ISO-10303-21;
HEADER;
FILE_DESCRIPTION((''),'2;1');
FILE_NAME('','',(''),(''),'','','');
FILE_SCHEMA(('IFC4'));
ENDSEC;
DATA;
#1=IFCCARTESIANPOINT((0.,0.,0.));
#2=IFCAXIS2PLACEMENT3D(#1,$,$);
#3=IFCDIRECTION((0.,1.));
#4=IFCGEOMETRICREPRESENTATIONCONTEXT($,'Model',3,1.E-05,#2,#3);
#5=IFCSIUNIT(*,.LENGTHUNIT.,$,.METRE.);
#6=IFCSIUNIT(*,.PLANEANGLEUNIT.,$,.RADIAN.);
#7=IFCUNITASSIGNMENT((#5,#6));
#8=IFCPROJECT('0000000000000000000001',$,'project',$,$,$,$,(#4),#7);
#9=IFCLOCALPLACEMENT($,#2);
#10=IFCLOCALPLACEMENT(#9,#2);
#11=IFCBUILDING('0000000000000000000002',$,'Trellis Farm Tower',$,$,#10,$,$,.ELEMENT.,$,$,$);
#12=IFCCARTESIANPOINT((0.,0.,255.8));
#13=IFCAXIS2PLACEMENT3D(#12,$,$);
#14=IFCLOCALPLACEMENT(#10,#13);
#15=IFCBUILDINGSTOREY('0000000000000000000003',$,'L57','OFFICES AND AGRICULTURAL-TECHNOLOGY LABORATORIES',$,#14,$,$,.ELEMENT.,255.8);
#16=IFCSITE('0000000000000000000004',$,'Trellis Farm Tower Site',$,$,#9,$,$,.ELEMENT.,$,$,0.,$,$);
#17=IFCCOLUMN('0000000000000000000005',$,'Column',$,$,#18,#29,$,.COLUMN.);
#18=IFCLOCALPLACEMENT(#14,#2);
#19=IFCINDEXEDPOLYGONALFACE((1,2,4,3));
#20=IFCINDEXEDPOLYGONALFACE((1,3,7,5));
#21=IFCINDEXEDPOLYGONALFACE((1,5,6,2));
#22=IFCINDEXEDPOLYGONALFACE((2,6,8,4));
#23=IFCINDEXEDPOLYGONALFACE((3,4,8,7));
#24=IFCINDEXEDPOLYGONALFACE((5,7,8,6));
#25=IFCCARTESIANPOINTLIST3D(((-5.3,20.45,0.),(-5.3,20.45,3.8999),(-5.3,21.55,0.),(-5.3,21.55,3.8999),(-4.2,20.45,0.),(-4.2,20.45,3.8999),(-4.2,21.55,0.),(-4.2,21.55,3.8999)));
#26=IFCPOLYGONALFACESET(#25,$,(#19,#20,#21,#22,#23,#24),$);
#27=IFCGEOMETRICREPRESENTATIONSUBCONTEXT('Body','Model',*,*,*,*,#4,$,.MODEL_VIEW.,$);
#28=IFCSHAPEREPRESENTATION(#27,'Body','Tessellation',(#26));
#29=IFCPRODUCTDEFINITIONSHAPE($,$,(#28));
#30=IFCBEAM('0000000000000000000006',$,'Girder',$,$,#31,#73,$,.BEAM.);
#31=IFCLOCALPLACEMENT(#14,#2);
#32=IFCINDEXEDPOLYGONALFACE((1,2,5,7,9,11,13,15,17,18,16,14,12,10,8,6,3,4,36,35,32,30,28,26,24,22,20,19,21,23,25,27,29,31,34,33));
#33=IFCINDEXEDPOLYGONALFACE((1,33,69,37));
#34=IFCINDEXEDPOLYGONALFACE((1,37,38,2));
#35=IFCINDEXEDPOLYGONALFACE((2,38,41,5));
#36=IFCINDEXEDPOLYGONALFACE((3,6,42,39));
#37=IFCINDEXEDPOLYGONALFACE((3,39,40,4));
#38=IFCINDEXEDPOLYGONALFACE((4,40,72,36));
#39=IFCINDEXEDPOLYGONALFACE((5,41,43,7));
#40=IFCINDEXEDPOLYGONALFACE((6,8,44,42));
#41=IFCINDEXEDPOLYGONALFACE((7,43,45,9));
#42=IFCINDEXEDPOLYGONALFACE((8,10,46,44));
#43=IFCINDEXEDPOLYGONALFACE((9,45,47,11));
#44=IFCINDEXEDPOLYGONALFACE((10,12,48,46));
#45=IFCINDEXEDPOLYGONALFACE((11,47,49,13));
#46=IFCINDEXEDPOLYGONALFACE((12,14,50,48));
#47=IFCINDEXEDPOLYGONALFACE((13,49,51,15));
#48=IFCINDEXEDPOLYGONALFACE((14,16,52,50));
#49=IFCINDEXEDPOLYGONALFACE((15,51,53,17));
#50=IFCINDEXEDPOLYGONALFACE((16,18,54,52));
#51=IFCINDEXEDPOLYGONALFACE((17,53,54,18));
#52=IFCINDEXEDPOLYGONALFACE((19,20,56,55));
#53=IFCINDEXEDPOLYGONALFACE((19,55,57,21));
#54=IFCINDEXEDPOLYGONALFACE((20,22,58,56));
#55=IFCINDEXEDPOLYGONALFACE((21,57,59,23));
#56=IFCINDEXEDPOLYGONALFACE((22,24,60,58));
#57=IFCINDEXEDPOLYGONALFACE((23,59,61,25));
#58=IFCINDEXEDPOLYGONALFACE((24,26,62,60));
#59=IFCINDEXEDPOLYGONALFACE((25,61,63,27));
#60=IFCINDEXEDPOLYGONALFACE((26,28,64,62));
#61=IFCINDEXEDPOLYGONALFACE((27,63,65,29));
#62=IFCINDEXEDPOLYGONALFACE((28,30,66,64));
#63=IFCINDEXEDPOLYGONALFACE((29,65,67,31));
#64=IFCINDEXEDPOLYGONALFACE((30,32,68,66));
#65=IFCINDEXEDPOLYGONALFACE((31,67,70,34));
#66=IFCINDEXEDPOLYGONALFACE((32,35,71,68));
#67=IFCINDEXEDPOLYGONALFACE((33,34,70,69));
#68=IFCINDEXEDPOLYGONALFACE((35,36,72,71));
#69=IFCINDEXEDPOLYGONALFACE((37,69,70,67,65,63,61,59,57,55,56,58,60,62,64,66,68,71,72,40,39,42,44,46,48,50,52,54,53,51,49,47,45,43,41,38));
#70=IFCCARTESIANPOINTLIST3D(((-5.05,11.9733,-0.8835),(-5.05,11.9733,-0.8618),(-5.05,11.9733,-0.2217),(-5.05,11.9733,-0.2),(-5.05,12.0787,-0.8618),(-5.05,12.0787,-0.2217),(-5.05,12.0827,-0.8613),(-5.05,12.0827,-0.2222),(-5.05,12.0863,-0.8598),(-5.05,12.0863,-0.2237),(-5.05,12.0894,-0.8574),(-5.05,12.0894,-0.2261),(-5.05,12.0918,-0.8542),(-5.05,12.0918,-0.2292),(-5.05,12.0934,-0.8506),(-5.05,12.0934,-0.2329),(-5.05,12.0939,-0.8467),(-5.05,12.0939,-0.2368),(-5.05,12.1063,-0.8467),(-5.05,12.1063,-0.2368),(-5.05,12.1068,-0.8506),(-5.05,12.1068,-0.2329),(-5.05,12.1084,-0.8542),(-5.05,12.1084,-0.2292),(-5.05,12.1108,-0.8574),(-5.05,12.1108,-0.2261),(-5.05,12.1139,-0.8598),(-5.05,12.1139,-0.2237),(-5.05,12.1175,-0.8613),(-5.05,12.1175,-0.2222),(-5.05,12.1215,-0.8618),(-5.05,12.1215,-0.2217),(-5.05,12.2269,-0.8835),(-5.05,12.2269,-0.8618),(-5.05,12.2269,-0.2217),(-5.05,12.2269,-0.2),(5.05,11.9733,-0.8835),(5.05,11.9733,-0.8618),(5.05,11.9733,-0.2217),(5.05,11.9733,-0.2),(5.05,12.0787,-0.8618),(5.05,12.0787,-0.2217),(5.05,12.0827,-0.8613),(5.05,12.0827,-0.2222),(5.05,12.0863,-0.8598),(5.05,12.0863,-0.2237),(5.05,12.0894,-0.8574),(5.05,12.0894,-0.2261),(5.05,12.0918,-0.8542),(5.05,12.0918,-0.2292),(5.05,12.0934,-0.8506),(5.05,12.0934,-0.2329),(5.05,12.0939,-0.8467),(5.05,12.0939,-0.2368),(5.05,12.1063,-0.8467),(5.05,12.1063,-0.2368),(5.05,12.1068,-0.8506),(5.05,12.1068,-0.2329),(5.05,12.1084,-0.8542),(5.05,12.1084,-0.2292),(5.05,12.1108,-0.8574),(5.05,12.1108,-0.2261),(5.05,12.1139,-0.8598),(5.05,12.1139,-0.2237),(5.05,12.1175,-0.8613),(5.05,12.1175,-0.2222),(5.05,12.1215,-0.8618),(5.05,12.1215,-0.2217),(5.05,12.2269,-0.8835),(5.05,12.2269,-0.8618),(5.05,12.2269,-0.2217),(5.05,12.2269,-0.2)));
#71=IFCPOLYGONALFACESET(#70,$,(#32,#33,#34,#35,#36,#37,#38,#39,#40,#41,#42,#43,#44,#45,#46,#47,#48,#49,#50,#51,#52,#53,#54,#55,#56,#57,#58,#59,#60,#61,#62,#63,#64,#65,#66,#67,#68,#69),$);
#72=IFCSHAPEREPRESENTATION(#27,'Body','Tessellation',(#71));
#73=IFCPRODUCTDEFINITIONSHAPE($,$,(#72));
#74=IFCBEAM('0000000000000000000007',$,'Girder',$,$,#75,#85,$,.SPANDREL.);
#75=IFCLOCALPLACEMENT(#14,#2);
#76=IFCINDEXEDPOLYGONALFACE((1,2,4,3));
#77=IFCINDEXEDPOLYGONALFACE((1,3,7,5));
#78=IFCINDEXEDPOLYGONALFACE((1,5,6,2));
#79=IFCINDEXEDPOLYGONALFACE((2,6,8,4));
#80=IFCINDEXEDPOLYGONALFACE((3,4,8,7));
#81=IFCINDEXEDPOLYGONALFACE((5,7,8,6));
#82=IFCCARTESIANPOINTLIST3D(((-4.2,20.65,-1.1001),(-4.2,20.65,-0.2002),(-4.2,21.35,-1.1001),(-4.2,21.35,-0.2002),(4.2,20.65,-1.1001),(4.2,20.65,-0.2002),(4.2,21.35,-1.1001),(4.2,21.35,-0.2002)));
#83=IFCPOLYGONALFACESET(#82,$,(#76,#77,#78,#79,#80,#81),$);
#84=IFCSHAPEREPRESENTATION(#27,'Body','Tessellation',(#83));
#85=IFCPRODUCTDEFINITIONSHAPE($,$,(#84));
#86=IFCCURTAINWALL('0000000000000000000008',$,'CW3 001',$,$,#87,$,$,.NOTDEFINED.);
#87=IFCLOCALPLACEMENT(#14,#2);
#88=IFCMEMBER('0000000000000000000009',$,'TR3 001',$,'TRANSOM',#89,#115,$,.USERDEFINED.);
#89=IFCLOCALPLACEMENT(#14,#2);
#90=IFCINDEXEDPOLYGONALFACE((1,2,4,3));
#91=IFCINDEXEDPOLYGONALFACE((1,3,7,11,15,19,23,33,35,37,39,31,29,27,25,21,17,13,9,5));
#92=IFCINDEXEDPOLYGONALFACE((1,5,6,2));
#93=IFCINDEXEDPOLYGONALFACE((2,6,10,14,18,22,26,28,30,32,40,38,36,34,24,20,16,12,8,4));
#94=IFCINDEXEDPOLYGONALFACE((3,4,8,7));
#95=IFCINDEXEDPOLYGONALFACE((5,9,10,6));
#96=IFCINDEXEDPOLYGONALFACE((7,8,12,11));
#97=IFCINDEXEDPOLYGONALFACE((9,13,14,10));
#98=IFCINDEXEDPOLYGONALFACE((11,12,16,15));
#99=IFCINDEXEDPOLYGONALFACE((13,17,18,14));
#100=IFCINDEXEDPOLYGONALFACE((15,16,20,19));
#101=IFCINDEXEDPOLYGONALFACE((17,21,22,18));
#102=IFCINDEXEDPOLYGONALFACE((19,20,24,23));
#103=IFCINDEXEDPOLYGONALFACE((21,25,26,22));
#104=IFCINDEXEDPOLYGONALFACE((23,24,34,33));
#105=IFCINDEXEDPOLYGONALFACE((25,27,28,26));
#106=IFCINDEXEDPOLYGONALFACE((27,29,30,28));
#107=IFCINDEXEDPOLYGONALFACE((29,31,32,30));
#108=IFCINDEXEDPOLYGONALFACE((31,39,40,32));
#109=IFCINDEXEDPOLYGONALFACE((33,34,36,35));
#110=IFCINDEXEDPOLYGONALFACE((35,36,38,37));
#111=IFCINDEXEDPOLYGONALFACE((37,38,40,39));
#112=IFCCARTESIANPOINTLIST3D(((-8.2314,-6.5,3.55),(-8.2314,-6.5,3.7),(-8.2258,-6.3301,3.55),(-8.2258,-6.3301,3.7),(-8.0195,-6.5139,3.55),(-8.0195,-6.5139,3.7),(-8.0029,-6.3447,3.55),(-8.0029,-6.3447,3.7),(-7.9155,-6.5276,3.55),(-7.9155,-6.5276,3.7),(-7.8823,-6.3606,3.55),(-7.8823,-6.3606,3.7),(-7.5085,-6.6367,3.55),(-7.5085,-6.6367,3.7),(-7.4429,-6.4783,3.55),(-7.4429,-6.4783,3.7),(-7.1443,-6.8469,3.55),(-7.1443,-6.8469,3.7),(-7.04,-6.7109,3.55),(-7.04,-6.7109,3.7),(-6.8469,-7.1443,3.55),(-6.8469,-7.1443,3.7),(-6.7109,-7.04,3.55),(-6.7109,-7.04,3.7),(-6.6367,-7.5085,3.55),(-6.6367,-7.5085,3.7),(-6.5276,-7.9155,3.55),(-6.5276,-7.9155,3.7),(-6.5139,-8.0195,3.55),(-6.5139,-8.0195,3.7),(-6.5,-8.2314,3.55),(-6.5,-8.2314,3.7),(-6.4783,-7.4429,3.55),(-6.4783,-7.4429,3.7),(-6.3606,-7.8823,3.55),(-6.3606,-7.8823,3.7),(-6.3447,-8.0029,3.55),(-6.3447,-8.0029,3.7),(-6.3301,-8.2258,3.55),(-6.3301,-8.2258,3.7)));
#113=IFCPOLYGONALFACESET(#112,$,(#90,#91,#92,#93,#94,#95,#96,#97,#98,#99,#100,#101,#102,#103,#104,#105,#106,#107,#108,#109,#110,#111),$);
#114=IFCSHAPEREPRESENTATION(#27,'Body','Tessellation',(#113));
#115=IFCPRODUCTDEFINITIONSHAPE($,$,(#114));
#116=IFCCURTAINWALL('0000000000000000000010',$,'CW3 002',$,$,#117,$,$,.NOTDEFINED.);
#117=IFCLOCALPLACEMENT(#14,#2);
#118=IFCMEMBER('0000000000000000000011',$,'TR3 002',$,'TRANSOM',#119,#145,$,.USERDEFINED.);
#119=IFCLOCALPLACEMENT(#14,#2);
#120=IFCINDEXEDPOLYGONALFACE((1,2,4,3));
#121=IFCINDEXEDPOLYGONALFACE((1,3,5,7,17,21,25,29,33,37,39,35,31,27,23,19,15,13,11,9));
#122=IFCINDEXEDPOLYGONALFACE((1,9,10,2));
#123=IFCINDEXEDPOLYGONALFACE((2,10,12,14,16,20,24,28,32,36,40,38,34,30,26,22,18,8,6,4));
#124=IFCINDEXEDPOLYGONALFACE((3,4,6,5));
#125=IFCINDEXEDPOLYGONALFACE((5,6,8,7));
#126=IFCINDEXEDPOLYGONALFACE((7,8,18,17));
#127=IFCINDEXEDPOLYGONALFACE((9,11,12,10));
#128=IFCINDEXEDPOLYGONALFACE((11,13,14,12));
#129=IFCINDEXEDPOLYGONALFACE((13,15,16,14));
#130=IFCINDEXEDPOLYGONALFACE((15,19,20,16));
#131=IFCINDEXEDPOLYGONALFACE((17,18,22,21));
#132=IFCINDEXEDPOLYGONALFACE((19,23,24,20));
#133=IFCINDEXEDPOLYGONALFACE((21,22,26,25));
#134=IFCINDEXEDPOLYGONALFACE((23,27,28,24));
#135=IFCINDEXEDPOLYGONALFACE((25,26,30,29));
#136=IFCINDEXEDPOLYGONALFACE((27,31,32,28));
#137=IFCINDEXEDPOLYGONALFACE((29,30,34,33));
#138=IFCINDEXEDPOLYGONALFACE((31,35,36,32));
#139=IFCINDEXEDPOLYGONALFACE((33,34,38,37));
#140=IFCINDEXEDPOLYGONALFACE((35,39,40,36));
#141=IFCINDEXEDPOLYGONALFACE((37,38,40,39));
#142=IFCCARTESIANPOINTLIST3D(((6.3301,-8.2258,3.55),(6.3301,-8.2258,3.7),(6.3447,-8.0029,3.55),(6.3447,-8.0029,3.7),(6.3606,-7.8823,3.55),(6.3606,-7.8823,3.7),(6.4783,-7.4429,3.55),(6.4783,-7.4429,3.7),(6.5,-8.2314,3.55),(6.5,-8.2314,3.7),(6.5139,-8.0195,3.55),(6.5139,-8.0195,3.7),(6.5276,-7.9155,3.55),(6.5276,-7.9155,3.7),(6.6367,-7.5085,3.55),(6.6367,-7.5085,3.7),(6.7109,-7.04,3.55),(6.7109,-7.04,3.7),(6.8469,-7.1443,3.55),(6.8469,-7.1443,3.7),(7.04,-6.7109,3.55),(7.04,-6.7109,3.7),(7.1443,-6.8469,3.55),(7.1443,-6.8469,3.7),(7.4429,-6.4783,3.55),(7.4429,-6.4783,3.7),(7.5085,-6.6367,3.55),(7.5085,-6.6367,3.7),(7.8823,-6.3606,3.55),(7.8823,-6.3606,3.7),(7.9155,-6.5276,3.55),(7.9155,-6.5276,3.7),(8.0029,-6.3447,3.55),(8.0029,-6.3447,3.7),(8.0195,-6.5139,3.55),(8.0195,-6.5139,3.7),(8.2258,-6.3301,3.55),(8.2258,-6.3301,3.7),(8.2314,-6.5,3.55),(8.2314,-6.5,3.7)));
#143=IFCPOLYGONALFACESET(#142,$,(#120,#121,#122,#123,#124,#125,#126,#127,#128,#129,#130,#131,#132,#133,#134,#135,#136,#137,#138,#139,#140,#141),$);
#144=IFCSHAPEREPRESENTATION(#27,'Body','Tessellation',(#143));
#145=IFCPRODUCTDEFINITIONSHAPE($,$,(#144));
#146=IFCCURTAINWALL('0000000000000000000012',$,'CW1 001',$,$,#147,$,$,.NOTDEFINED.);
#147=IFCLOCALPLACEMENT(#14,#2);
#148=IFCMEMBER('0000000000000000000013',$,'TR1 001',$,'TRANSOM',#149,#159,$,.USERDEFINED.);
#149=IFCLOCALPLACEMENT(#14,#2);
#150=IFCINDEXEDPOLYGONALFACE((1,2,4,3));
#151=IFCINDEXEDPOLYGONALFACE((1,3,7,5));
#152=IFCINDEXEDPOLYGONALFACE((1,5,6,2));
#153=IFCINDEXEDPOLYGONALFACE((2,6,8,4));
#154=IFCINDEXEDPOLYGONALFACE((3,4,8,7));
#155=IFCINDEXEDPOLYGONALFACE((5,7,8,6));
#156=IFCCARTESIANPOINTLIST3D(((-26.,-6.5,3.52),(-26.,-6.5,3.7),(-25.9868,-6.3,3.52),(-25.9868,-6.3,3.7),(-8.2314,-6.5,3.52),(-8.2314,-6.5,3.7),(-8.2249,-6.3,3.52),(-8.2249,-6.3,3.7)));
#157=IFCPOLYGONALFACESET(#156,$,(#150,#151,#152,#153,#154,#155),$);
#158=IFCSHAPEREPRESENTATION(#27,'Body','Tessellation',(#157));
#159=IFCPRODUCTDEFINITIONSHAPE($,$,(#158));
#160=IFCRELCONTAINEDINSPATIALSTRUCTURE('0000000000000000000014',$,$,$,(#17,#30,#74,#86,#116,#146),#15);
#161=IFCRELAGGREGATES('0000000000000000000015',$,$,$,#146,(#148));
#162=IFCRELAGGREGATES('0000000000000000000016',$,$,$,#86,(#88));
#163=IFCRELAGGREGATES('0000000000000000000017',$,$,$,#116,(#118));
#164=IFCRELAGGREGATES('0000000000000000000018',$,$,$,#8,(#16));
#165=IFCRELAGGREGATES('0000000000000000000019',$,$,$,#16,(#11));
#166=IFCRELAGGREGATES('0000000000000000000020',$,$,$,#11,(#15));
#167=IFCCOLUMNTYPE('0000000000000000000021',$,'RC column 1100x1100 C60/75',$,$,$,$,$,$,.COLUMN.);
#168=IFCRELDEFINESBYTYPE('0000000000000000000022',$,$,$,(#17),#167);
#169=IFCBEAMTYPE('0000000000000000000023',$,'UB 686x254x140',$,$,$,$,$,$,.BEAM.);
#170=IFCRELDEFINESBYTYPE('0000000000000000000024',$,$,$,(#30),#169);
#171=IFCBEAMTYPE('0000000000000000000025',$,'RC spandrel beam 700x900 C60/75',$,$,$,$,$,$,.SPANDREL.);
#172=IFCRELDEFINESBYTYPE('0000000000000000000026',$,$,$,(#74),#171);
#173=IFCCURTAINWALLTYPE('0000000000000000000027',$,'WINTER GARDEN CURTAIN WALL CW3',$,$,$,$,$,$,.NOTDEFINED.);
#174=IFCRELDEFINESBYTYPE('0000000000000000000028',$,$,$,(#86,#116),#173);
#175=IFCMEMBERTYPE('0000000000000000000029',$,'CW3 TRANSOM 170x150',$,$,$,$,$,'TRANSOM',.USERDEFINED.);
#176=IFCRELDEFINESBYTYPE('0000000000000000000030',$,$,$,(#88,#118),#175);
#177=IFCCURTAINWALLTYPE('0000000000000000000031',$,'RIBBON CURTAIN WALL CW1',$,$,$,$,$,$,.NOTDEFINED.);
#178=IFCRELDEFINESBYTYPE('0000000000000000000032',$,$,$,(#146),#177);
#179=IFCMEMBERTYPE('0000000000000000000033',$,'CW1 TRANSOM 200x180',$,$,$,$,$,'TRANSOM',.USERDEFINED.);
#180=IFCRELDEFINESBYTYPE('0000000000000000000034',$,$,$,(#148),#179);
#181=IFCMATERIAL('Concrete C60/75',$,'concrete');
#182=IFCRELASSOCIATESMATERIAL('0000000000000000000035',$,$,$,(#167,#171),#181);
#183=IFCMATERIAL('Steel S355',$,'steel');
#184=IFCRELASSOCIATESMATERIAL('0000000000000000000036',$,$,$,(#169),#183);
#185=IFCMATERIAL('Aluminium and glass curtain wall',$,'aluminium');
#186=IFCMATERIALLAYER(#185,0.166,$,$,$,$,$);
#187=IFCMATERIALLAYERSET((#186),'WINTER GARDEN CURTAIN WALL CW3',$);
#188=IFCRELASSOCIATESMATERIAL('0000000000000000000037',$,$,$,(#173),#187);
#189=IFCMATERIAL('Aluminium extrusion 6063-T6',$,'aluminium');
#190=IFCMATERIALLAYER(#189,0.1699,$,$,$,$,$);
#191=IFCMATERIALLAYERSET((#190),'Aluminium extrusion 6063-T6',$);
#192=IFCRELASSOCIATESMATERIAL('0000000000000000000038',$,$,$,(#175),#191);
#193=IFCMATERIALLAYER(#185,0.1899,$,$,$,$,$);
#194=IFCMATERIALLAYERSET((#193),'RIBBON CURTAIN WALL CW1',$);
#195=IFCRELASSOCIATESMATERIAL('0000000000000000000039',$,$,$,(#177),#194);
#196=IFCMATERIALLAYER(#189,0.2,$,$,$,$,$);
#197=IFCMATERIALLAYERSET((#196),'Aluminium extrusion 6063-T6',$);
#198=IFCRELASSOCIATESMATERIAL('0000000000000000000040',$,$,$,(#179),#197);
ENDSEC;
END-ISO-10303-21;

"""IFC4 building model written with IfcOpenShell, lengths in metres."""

from ifc_helpers import new_model, si_unit, direction, frame, origin, origin_2d, place, context, subcontext, project, spatial, polyline, rectangle, i_section, outline, extrude, source, transform, mapped, material, layer, layer_set, material_profile, profile_set, type_object, element, aggregate, save


model = new_model("IFC4")

# Units and contexts
model_context = context("Model", 3, precision=1e-05, world=origin(), true_north=direction((0.0, 1.0)))
body_context = subcontext(model_context, "Body", "Model", "MODEL_VIEW")
ifc_project = project(units=[si_unit("LENGTHUNIT", "METRE"), si_unit("PLANEANGLEUNIT", "RADIAN")], contexts=[model_context])

# Site, building, storey
site_placement = place(None, origin())
site = spatial("IfcSite", under=ifc_project, at=site_placement, Name="Trellis Farm Tower Site", CompositionType="ELEMENT", RefElevation=0.0)
building_placement = place(site_placement, origin())
building = spatial("IfcBuilding", under=site, at=building_placement, Name="Trellis Farm Tower", CompositionType="ELEMENT")
storey_placement = place(building_placement, frame((0.0, 0.0, 255.8)))
storey = spatial("IfcBuildingStorey", under=building, at=storey_placement, Name="L57", Description="OFFICES AND AGRICULTURAL-TECHNOLOGY LABORATORIES", CompositionType="ELEMENT", Elevation=255.8)

# Column
ifc_material_1 = material(Name="Concrete C60/75", Category="concrete")
ifc_material_profile_1 = material_profile(ifc_material_1, rectangle(XDim=1.1001, YDim=1.1001, at=origin_2d()), Name="RC column 1100x1100 C60/75")
ifc_profile_set_1 = profile_set([ifc_material_profile_1], Name="Concrete C60/75")
column_type = type_object("IfcColumnType", Name="RC column 1100x1100 C60/75", PredefinedType="COLUMN", material=ifc_profile_set_1)
shared_shape_1 = source(origin(), body_context, "Body", "SweptSolid", [
    extrude(rectangle(XDim=1.1001, YDim=1.1001, at=origin_2d()), origin(), (0.0, 0.0, 1.0), 3.8999),
])
column_placement = place(storey_placement, frame((-4.75, 21.0, 0.0), z_axis=(0.0, 0.0, 1.0), x_axis=(1.0, 0.0, 0.0)))
element("IfcColumn", 1, at=column_placement, inside=storey, type_object=column_type, Name="Column", PredefinedType="COLUMN", context=body_context, shape_type="MappedRepresentation", body=[
    mapped(shared_shape_1, transform((0.0, 0.0, 0.0))),
])

# Beams
ifc_material_2 = material(Name="Steel S355", Category="steel")
ifc_material_profile_2 = material_profile(ifc_material_2, i_section(OverallWidth=0.2537, OverallDepth=0.6836, WebThickness=0.0125, FlangeThickness=0.0217, FilletRadius=0.0151, at=origin_2d()), Name="UB 686x254x140")
ifc_profile_set_2 = profile_set([ifc_material_profile_2], Name="Steel S355")
beam_type_1 = type_object("IfcBeamType", Name="UB 686x254x140", PredefinedType="BEAM", material=ifc_profile_set_2)
shared_shape_2 = source(origin(), body_context, "Body", "SweptSolid", [
    extrude(i_section(OverallWidth=0.2537, OverallDepth=0.6836, WebThickness=0.0125, FlangeThickness=0.0217, FilletRadius=0.0151, at=origin_2d()), origin(), (0.0, 0.0, 1.0), 10.1001),
])
beam_1_placement = place(storey_placement, frame((-5.05, 12.1001, -0.5417), z_axis=(1.0, 0.0, 0.0), x_axis=(0.0, 1.0, 0.0)))
element("IfcBeam", 2, at=beam_1_placement, inside=storey, type_object=beam_type_1, Name="Girder", PredefinedType="BEAM", context=body_context, shape_type="MappedRepresentation", body=[
    mapped(shared_shape_2, transform((0.0, 0.0, 0.0))),
])
ifc_material_profile_3 = material_profile(ifc_material_1, rectangle(XDim=0.7, YDim=0.8999, at=origin_2d()), Name="RC spandrel beam 700x900 C60/75")
ifc_profile_set_3 = profile_set([ifc_material_profile_3], Name="Concrete C60/75")
beam_type_2 = type_object("IfcBeamType", Name="RC spandrel beam 700x900 C60/75", PredefinedType="SPANDREL", material=ifc_profile_set_3)
shared_shape_3 = source(origin(), body_context, "Body", "SweptSolid", [
    extrude(rectangle(XDim=0.7, YDim=0.8999, at=origin_2d()), origin(), (0.0, 0.0, 1.0), 8.3999),
])
beam_2_placement = place(storey_placement, frame((-4.2, 21.0, -0.6501), z_axis=(1.0, 0.0, 0.0), x_axis=(0.0, 1.0, 0.0)))
element("IfcBeam", 3, at=beam_2_placement, inside=storey, type_object=beam_type_2, Name="Girder", PredefinedType="SPANDREL", context=body_context, shape_type="MappedRepresentation", body=[
    mapped(shared_shape_3, transform((0.0, 0.0, 0.0))),
])

# Curtain walls, members
ifc_material_3 = material(Name="Aluminium and glass curtain wall", Category="aluminium")
ifc_layer_1 = layer(ifc_material_3, 0.166)
ifc_layer_set_1 = layer_set([ifc_layer_1], Name="WINTER GARDEN CURTAIN WALL CW3")
curtain_wall_type_1 = type_object("IfcCurtainWallType", Name="WINTER GARDEN CURTAIN WALL CW3", PredefinedType="NOTDEFINED", material=ifc_layer_set_1)
placement_1 = place(storey_placement, origin())
curtain_wall_1 = element("IfcCurtainWall", 4, at=placement_1, inside=storey, type_object=curtain_wall_type_1, Name="CW3 001", PredefinedType="NOTDEFINED")
ifc_material_4 = material(Name="Aluminium extrusion 6063-T6", Category="aluminium")
ifc_layer_2 = layer(ifc_material_4, 0.1699)
ifc_layer_set_2 = layer_set([ifc_layer_2], Name="Aluminium extrusion 6063-T6")
member_type_1 = type_object("IfcMemberType", Name="CW3 TRANSOM 170x150", ElementType="TRANSOM", PredefinedType="USERDEFINED", material=ifc_layer_set_2)
shared_shape_4 = source(origin(), body_context, "Body", "SweptSolid", [
    extrude(outline(polyline([(-8.2314, -6.5), (-8.0195, -6.5139), (-7.9155, -6.5276), (-7.5085, -6.6367), (-7.1443, -6.8469), (-6.8469, -7.1443), (-6.6367, -7.5085), (-6.5276, -7.9155), (-6.5139, -8.0195), (-6.5, -8.2314), (-6.3301, -8.2258), (-6.3447, -8.0029), (-6.3606, -7.8823), (-6.4783, -7.4429), (-6.7109, -7.04), (-7.04, -6.7109), (-7.4429, -6.4783), (-7.8823, -6.3606), (-8.0029, -6.3447), (-8.2258, -6.3301), (-8.2314, -6.5)])), origin(), (0.0, 0.0, 1.0), 0.1499),
])
placement_2 = place(storey_placement, frame((0.0, 0.0, 3.55)))
member_1 = element("IfcMember", 5, at=placement_2, type_object=member_type_1, Name="TR3 001", ObjectType="TRANSOM", PredefinedType="USERDEFINED", context=body_context, shape_type="MappedRepresentation", body=[
    mapped(shared_shape_4, transform((0.0, 0.0, 0.0))),
])
curtain_wall_2 = element("IfcCurtainWall", 6, at=placement_1, inside=storey, type_object=curtain_wall_type_1, Name="CW3 002", PredefinedType="NOTDEFINED")
shared_shape_5 = source(origin(), body_context, "Body", "SweptSolid", [
    extrude(outline(polyline([(6.5, -8.2314), (6.5139, -8.0195), (6.5276, -7.9155), (6.6367, -7.5085), (6.8469, -7.1443), (7.1443, -6.8469), (7.5085, -6.6367), (7.9155, -6.5276), (8.0195, -6.5139), (8.2314, -6.5), (8.2258, -6.3301), (8.0029, -6.3447), (7.8823, -6.3606), (7.4429, -6.4783), (7.04, -6.7109), (6.7109, -7.04), (6.4783, -7.4429), (6.3606, -7.8823), (6.3447, -8.0029), (6.3301, -8.2258), (6.5, -8.2314)])), origin(), (0.0, 0.0, 1.0), 0.1499),
])
member_2 = element("IfcMember", 7, at=placement_2, type_object=member_type_1, Name="TR3 002", ObjectType="TRANSOM", PredefinedType="USERDEFINED", context=body_context, shape_type="MappedRepresentation", body=[
    mapped(shared_shape_5, transform((0.0, 0.0, 0.0))),
])
ifc_layer_3 = layer(ifc_material_3, 0.1899)
ifc_layer_set_3 = layer_set([ifc_layer_3], Name="RIBBON CURTAIN WALL CW1")
curtain_wall_type_2 = type_object("IfcCurtainWallType", Name="RIBBON CURTAIN WALL CW1", PredefinedType="NOTDEFINED", material=ifc_layer_set_3)
curtain_wall_3 = element("IfcCurtainWall", 8, at=placement_1, inside=storey, type_object=curtain_wall_type_2, Name="CW1 001", PredefinedType="NOTDEFINED")
ifc_layer_4 = layer(ifc_material_4, 0.2)
ifc_layer_set_4 = layer_set([ifc_layer_4], Name="Aluminium extrusion 6063-T6")
member_type_2 = type_object("IfcMemberType", Name="CW1 TRANSOM 200x180", ElementType="TRANSOM", PredefinedType="USERDEFINED", material=ifc_layer_set_4)
shared_shape_6 = source(origin(), body_context, "Body", "SweptSolid", [
    extrude(outline(polyline([(-26.0, -6.5), (-8.2314, -6.5), (-8.2249, -6.3), (-25.9868, -6.3), (-26.0, -6.5)])), origin(), (0.0, 0.0, 1.0), 0.1799),
])
placement_3 = place(storey_placement, frame((0.0, 0.0, 3.52)))
member_3 = element("IfcMember", 9, at=placement_3, type_object=member_type_2, Name="TR1 001", ObjectType="TRANSOM", PredefinedType="USERDEFINED", context=body_context, shape_type="MappedRepresentation", body=[
    mapped(shared_shape_6, transform((0.0, 0.0, 0.0))),
])
aggregate(curtain_wall_3, [member_3])

aggregate(curtain_wall_1, [member_1])
aggregate(curtain_wall_2, [member_2])

save(model, "model.ifc")
